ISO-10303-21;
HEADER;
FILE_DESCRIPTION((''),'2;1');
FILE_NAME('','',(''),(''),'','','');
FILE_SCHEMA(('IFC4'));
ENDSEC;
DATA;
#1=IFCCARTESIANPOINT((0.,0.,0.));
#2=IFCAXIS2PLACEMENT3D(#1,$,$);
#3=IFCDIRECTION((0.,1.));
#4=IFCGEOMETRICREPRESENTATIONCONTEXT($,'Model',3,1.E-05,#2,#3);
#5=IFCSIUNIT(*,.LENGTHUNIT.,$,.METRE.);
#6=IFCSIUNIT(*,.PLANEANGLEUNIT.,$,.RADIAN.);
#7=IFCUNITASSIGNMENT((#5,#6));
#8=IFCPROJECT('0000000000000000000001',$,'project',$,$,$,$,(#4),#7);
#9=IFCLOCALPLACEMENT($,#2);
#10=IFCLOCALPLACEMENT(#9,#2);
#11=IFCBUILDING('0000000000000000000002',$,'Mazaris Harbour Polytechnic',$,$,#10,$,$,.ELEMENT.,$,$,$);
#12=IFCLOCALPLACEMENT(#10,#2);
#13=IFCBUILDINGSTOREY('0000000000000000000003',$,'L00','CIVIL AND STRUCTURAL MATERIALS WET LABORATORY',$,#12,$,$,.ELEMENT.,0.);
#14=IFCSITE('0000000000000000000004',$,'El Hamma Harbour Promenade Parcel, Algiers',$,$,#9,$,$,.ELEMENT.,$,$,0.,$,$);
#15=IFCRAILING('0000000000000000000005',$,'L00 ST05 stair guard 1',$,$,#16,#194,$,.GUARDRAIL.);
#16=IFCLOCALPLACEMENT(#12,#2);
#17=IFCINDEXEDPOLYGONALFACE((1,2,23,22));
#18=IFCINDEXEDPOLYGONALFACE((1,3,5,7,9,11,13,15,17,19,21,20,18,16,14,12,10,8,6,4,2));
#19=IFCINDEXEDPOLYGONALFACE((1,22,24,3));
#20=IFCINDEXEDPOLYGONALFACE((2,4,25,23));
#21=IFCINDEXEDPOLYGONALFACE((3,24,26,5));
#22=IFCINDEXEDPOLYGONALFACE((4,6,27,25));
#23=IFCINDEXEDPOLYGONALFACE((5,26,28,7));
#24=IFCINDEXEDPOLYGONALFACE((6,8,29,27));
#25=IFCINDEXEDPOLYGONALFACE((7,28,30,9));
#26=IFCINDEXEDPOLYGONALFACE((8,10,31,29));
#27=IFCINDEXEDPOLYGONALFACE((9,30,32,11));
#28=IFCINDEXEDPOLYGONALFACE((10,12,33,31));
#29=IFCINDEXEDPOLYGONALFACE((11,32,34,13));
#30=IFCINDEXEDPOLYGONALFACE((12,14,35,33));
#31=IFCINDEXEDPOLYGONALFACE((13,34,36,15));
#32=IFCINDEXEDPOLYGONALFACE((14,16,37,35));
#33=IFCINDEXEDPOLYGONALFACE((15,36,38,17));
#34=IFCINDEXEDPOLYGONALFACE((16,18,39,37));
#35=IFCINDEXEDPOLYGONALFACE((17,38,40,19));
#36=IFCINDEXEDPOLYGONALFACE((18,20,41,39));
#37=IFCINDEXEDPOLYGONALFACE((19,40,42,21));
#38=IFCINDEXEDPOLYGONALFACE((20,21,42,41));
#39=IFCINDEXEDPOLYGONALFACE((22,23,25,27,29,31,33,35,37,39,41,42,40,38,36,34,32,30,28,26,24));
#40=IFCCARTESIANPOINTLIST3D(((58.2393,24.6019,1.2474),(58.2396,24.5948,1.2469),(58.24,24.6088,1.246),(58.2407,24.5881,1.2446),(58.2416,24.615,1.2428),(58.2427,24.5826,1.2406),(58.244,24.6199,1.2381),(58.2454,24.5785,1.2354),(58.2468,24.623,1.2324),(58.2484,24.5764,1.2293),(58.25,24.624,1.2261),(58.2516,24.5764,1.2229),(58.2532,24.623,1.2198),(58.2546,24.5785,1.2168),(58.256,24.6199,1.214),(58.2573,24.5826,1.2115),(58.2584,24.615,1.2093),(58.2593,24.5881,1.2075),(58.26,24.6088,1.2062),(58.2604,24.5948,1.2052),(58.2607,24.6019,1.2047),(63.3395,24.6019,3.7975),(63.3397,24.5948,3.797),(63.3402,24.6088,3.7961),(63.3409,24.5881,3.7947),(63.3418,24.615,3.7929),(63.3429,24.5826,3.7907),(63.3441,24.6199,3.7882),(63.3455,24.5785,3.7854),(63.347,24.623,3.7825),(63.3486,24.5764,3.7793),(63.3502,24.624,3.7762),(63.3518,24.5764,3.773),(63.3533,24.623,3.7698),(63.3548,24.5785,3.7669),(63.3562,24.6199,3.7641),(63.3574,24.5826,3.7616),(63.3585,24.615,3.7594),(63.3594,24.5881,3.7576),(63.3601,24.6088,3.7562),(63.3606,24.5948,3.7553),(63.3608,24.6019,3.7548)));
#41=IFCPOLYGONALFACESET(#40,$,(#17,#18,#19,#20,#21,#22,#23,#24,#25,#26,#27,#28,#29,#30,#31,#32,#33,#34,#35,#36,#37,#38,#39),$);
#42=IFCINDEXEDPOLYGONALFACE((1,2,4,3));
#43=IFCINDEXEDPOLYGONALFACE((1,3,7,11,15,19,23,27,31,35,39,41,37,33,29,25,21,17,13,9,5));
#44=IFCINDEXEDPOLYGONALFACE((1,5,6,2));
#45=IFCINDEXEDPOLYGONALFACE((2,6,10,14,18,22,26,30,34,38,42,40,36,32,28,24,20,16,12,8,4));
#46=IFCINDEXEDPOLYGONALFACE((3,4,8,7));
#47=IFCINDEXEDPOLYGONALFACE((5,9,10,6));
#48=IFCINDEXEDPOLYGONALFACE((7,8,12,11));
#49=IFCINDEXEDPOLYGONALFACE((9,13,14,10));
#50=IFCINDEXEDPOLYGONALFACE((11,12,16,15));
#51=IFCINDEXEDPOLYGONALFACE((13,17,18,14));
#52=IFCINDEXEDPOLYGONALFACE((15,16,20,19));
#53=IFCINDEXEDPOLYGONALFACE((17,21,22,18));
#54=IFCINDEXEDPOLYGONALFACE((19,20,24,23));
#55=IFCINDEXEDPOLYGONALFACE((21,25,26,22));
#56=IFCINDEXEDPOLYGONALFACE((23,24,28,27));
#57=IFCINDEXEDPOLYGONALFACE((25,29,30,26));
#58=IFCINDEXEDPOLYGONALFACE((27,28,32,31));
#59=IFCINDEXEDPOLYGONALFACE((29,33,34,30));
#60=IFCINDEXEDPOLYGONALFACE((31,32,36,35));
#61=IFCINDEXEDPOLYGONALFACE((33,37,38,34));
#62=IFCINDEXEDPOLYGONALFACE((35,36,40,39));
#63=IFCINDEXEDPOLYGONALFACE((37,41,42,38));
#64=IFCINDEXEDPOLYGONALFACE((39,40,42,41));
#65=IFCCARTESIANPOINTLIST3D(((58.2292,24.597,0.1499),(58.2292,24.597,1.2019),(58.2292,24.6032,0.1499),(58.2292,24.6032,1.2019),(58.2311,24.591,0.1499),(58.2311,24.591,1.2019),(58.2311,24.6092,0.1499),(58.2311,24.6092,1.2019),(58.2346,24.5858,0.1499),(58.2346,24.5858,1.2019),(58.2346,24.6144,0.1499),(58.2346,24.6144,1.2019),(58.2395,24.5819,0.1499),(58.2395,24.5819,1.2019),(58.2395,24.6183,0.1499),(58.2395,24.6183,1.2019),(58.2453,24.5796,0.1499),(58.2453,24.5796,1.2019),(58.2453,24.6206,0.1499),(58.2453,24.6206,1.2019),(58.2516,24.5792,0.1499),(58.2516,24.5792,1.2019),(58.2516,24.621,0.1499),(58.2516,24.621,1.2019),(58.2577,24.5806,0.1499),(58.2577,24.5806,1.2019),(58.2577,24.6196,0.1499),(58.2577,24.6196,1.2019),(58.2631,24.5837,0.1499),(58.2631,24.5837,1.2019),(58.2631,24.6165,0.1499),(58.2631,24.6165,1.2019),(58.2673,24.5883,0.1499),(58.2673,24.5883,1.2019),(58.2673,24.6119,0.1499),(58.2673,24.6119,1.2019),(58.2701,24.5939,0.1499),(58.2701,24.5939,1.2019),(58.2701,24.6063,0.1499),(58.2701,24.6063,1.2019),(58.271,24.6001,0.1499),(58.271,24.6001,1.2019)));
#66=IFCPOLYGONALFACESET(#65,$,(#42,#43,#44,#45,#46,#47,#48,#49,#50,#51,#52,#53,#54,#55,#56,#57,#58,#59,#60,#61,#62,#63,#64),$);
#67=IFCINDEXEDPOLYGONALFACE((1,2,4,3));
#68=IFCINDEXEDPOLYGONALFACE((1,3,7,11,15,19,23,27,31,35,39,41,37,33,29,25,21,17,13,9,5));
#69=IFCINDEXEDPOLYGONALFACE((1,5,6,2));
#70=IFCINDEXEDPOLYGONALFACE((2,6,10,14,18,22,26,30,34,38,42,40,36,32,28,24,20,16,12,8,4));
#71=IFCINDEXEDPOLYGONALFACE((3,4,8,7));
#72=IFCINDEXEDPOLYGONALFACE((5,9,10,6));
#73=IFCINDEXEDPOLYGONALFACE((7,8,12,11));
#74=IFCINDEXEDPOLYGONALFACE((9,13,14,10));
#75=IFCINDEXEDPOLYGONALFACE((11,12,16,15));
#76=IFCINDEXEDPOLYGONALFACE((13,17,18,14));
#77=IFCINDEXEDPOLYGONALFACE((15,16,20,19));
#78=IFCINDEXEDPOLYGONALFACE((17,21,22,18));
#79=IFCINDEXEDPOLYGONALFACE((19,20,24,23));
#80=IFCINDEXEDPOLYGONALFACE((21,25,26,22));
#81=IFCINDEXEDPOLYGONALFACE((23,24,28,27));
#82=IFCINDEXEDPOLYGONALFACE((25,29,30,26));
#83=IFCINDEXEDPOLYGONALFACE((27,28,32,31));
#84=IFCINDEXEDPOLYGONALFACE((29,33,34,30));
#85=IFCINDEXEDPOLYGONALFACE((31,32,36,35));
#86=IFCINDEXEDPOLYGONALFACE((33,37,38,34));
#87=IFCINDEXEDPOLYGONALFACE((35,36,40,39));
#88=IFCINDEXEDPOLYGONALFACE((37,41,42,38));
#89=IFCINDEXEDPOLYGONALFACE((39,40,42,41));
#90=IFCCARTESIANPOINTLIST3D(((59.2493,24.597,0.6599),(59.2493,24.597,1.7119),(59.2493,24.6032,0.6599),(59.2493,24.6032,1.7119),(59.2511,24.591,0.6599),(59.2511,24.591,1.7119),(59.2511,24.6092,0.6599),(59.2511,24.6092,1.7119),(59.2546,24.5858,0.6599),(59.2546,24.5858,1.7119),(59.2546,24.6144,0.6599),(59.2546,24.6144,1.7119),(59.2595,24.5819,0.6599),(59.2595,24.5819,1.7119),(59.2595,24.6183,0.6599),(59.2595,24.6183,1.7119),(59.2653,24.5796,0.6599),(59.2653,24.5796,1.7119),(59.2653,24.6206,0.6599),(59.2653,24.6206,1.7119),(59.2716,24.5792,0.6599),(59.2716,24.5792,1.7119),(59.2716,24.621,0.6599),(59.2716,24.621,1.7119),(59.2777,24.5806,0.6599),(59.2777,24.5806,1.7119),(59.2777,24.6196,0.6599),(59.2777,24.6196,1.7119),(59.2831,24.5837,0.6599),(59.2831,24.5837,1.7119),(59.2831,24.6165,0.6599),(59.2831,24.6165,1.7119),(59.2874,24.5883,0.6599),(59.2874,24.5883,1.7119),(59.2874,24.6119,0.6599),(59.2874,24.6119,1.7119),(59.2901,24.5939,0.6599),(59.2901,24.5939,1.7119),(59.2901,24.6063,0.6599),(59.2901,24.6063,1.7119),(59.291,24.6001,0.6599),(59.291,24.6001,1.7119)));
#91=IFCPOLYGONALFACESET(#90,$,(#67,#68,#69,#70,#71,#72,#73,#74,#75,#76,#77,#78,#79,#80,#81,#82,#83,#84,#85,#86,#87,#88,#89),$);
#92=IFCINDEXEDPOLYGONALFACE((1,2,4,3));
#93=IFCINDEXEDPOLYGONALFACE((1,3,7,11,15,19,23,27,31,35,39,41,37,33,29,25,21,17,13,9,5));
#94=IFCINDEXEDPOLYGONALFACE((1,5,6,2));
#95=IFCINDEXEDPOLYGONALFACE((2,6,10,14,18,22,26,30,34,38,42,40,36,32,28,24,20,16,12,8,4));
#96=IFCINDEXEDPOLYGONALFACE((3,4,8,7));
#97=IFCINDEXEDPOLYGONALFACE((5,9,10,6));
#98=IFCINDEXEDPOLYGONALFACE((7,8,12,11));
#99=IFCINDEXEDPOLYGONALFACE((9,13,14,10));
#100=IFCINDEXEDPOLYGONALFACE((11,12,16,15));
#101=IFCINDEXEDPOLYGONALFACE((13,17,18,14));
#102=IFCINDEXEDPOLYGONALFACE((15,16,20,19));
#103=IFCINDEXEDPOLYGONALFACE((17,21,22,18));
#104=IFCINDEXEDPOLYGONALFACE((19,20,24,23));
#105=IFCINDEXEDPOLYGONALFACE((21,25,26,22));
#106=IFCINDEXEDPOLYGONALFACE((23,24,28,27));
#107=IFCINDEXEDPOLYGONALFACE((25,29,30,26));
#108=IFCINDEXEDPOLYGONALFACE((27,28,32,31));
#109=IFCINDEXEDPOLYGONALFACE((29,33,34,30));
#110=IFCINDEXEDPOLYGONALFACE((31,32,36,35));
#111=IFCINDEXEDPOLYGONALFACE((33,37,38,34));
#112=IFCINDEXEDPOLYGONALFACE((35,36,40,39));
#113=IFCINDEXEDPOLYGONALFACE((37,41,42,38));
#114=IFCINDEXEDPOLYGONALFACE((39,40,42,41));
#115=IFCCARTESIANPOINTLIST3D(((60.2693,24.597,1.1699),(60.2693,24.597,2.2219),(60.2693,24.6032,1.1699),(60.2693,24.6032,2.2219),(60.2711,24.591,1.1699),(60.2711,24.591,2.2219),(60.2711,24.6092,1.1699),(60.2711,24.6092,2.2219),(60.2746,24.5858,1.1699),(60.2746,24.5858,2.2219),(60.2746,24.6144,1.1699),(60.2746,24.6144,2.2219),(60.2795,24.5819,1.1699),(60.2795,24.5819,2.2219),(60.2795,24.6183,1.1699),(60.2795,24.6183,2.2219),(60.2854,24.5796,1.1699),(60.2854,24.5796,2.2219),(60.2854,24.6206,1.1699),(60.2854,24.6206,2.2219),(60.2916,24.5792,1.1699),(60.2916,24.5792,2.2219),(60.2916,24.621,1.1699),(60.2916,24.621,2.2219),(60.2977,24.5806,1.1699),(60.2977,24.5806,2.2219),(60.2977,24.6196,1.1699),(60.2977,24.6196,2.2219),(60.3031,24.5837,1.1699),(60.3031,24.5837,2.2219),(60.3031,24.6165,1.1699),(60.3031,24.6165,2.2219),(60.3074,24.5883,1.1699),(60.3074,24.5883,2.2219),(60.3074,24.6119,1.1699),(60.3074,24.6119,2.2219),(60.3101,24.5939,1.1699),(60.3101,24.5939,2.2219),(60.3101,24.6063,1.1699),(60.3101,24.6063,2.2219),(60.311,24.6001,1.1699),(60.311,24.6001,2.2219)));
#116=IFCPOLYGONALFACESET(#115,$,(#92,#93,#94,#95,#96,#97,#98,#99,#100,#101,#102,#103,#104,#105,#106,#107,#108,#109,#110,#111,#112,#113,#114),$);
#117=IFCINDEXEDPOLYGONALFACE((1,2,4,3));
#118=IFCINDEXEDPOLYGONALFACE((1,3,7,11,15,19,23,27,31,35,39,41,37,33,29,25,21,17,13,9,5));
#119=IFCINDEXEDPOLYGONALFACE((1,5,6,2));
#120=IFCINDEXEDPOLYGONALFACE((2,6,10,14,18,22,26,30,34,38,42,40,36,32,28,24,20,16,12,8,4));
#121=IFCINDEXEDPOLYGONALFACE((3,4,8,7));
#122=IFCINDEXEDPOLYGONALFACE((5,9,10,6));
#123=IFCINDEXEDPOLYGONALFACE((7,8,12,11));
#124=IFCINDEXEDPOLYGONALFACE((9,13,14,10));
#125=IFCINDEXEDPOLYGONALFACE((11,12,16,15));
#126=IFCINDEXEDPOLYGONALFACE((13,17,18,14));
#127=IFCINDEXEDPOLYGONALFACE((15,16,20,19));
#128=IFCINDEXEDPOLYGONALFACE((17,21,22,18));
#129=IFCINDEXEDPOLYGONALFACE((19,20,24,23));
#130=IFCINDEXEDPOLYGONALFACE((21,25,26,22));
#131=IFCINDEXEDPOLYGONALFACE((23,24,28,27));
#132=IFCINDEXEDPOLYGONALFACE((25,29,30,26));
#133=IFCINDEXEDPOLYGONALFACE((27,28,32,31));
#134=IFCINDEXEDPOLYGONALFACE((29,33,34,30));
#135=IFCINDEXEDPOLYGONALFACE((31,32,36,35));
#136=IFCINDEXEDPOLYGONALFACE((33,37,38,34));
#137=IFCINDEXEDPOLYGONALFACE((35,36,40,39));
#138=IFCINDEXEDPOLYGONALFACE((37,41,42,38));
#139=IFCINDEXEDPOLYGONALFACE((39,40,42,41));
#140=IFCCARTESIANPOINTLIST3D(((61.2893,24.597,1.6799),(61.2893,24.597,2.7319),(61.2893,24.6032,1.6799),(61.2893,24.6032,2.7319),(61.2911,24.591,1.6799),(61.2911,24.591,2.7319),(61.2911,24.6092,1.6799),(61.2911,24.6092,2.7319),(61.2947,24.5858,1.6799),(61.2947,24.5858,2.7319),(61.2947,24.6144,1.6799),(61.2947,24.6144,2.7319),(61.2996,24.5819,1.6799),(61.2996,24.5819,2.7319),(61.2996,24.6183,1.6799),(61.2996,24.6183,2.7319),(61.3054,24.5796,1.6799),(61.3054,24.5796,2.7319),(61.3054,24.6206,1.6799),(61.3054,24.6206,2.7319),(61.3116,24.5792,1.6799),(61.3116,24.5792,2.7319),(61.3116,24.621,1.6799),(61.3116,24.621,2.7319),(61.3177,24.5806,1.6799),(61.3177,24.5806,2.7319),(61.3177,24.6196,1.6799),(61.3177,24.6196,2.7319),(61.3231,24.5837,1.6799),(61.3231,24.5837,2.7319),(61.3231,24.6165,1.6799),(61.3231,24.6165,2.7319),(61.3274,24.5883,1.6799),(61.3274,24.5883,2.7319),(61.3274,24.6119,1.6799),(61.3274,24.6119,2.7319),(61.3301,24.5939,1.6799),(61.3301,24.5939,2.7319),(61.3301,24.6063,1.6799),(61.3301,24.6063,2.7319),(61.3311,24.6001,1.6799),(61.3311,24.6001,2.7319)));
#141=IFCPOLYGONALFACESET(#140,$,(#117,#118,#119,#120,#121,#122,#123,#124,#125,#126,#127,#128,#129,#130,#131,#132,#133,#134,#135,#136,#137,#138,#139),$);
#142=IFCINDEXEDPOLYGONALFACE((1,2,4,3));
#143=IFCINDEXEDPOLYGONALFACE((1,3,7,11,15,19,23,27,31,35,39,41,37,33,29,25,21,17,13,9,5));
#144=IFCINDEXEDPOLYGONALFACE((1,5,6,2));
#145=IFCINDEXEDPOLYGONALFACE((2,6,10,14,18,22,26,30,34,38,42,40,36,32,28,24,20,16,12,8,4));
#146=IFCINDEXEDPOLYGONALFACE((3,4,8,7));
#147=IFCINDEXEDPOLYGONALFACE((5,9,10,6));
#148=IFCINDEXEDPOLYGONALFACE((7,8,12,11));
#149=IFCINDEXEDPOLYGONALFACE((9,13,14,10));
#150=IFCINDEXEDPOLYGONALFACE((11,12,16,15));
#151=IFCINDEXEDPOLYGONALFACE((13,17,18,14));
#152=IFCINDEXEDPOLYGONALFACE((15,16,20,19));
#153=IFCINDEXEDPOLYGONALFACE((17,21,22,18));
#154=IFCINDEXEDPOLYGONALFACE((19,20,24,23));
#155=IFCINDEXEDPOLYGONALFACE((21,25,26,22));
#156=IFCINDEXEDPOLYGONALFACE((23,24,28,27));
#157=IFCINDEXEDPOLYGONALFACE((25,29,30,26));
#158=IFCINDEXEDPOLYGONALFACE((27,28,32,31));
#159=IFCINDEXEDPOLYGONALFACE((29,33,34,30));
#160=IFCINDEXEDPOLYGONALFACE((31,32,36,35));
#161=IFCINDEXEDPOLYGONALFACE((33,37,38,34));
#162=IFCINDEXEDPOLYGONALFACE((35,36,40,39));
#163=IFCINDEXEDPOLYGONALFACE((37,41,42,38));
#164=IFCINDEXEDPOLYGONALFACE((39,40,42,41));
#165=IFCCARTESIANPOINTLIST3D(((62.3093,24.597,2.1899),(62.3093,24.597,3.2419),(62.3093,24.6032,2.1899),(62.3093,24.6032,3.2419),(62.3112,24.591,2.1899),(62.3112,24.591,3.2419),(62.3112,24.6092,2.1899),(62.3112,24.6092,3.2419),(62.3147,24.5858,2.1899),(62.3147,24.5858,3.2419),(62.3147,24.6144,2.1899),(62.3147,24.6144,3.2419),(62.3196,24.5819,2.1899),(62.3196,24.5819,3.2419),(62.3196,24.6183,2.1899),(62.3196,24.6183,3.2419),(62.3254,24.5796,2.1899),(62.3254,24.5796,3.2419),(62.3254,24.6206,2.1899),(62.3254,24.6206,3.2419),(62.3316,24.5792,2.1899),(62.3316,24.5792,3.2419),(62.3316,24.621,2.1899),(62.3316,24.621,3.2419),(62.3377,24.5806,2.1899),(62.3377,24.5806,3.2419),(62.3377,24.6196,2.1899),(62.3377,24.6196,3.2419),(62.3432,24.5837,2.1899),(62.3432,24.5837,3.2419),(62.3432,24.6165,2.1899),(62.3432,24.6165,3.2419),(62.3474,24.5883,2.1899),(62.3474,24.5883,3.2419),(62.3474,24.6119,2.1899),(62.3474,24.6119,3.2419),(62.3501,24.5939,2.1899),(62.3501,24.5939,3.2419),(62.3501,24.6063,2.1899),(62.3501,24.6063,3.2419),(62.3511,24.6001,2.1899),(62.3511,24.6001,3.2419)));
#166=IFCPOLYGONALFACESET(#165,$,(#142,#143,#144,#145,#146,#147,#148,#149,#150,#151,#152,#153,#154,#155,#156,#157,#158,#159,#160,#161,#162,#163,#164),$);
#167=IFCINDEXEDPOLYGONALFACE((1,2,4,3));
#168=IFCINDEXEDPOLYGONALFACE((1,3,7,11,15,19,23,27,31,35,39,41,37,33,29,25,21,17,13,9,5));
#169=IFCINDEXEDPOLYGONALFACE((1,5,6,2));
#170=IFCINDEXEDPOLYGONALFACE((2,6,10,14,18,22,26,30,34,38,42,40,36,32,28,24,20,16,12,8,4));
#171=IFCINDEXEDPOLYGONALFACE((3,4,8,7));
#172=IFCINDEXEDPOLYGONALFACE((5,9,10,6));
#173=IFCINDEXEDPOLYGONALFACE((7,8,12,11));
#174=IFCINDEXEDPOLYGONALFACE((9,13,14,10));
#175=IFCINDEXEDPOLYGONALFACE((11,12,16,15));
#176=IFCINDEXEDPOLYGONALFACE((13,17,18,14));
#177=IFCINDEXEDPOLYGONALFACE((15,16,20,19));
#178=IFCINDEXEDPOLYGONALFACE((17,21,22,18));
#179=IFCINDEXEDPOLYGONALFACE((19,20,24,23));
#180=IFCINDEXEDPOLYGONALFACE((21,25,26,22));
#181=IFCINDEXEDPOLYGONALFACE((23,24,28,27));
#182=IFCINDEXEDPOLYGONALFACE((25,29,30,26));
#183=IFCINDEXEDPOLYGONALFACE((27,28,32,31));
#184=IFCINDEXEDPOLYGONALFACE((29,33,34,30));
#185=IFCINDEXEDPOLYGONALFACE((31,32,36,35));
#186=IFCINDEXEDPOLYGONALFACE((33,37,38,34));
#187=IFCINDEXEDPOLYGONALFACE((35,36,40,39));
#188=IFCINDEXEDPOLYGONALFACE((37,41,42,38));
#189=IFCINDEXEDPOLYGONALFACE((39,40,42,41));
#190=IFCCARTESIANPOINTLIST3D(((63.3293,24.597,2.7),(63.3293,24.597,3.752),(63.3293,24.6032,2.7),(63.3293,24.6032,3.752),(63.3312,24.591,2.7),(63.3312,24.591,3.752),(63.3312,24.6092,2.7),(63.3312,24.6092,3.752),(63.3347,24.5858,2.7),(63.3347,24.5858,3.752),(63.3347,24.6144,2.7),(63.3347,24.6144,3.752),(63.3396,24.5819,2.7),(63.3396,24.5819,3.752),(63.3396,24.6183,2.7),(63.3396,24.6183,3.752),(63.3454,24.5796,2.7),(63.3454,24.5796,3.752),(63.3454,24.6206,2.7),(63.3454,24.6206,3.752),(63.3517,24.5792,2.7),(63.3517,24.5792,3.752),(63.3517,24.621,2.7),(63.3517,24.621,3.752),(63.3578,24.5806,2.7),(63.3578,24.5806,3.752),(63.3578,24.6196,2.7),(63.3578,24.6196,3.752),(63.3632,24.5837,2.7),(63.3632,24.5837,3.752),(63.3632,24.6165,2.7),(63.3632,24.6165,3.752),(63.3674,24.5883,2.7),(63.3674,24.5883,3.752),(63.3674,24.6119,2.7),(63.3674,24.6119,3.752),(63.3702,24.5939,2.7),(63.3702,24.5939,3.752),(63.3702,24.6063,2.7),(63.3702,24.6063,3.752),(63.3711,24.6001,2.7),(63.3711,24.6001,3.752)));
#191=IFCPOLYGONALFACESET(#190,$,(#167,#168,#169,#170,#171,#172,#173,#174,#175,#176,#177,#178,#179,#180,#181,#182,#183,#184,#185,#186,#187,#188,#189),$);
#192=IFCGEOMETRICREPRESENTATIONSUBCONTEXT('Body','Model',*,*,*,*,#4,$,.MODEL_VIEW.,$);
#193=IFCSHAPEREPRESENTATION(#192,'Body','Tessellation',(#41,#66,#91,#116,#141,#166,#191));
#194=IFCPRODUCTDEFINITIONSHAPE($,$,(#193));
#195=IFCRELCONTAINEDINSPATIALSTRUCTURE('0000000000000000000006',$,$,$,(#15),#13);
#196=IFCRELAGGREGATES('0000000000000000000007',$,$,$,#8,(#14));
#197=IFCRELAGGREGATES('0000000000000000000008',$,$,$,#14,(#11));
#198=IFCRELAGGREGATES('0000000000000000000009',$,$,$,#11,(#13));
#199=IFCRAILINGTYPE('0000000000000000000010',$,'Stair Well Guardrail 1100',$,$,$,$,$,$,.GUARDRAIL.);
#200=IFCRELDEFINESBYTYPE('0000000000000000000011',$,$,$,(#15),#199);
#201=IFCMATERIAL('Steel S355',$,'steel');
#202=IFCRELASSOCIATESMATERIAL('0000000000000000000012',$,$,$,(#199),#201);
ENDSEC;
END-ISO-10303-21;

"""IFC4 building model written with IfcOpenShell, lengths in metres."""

from ifc_helpers import new_model, si_unit, direction, frame, origin, origin_2d, place, context, subcontext, project, spatial, circle, extrude, material, type_object, element, save


model = new_model("IFC4")

# Units and contexts
model_context = context("Model", 3, precision=1e-05, world=origin(), true_north=direction((0.0, 1.0)))
body_context = subcontext(model_context, "Body", "Model", "MODEL_VIEW")
ifc_project = project(units=[si_unit("LENGTHUNIT", "METRE"), si_unit("PLANEANGLEUNIT", "RADIAN")], contexts=[model_context])

# Site, building, storey
site_placement = place(None, origin())
site = spatial("IfcSite", under=ifc_project, at=site_placement, Name="El Hamma Harbour Promenade Parcel, Algiers", CompositionType="ELEMENT", RefElevation=0.0)
building_placement = place(site_placement, origin())
building = spatial("IfcBuilding", under=site, at=building_placement, Name="Mazaris Harbour Polytechnic", CompositionType="ELEMENT")
storey_placement = place(building_placement, origin())
storey = spatial("IfcBuildingStorey", under=building, at=storey_placement, Name="L00", Description="CIVIL AND STRUCTURAL MATERIALS WET LABORATORY", CompositionType="ELEMENT", Elevation=0.0)

# Railing
ifc_material_1 = material(Name="Steel S355", Category="steel")
railing_type_1 = type_object("IfcRailingType", Name="Stair Well Guardrail 1100", PredefinedType="GUARDRAIL", material=ifc_material_1)
railing_1_placement = place(storey_placement, frame((58.25, 24.6001, 0.1499)))
element("IfcRailing", 1, at=railing_1_placement, inside=storey, type_object=railing_type_1, Name="L00 ST05 stair guard 1", PredefinedType="GUARDRAIL", context=body_context, shape_type="SweptSolid", body=[
    extrude(circle(Radius=0.0239, at=origin_2d()), frame((0.0, 0.0, 1.0762), z_axis=(0.894427, 0.0, 0.447214), x_axis=(0.0, 1.0, 0.0)), (0.0, 0.0, 1.0), 5.7021),
    extrude(circle(Radius=0.021, at=origin_2d()), origin(), (0.0, 0.0, 1.0), 1.052),
    extrude(circle(Radius=0.021, at=origin_2d()), frame((1.02, 0.0, 0.51)), (0.0, 0.0, 1.0), 1.052),
    extrude(circle(Radius=0.021, at=origin_2d()), frame((2.04, 0.0, 1.02)), (0.0, 0.0, 1.0), 1.052),
    extrude(circle(Radius=0.021, at=origin_2d()), frame((3.0601, 0.0, 1.53)), (0.0, 0.0, 1.0), 1.052),
    extrude(circle(Radius=0.021, at=origin_2d()), frame((4.0801, 0.0, 2.04)), (0.0, 0.0, 1.0), 1.052),
    extrude(circle(Radius=0.021, at=origin_2d()), frame((5.1001, 0.0, 2.55)), (0.0, 0.0, 1.0), 1.052),
])

save(model, "model.ifc")
